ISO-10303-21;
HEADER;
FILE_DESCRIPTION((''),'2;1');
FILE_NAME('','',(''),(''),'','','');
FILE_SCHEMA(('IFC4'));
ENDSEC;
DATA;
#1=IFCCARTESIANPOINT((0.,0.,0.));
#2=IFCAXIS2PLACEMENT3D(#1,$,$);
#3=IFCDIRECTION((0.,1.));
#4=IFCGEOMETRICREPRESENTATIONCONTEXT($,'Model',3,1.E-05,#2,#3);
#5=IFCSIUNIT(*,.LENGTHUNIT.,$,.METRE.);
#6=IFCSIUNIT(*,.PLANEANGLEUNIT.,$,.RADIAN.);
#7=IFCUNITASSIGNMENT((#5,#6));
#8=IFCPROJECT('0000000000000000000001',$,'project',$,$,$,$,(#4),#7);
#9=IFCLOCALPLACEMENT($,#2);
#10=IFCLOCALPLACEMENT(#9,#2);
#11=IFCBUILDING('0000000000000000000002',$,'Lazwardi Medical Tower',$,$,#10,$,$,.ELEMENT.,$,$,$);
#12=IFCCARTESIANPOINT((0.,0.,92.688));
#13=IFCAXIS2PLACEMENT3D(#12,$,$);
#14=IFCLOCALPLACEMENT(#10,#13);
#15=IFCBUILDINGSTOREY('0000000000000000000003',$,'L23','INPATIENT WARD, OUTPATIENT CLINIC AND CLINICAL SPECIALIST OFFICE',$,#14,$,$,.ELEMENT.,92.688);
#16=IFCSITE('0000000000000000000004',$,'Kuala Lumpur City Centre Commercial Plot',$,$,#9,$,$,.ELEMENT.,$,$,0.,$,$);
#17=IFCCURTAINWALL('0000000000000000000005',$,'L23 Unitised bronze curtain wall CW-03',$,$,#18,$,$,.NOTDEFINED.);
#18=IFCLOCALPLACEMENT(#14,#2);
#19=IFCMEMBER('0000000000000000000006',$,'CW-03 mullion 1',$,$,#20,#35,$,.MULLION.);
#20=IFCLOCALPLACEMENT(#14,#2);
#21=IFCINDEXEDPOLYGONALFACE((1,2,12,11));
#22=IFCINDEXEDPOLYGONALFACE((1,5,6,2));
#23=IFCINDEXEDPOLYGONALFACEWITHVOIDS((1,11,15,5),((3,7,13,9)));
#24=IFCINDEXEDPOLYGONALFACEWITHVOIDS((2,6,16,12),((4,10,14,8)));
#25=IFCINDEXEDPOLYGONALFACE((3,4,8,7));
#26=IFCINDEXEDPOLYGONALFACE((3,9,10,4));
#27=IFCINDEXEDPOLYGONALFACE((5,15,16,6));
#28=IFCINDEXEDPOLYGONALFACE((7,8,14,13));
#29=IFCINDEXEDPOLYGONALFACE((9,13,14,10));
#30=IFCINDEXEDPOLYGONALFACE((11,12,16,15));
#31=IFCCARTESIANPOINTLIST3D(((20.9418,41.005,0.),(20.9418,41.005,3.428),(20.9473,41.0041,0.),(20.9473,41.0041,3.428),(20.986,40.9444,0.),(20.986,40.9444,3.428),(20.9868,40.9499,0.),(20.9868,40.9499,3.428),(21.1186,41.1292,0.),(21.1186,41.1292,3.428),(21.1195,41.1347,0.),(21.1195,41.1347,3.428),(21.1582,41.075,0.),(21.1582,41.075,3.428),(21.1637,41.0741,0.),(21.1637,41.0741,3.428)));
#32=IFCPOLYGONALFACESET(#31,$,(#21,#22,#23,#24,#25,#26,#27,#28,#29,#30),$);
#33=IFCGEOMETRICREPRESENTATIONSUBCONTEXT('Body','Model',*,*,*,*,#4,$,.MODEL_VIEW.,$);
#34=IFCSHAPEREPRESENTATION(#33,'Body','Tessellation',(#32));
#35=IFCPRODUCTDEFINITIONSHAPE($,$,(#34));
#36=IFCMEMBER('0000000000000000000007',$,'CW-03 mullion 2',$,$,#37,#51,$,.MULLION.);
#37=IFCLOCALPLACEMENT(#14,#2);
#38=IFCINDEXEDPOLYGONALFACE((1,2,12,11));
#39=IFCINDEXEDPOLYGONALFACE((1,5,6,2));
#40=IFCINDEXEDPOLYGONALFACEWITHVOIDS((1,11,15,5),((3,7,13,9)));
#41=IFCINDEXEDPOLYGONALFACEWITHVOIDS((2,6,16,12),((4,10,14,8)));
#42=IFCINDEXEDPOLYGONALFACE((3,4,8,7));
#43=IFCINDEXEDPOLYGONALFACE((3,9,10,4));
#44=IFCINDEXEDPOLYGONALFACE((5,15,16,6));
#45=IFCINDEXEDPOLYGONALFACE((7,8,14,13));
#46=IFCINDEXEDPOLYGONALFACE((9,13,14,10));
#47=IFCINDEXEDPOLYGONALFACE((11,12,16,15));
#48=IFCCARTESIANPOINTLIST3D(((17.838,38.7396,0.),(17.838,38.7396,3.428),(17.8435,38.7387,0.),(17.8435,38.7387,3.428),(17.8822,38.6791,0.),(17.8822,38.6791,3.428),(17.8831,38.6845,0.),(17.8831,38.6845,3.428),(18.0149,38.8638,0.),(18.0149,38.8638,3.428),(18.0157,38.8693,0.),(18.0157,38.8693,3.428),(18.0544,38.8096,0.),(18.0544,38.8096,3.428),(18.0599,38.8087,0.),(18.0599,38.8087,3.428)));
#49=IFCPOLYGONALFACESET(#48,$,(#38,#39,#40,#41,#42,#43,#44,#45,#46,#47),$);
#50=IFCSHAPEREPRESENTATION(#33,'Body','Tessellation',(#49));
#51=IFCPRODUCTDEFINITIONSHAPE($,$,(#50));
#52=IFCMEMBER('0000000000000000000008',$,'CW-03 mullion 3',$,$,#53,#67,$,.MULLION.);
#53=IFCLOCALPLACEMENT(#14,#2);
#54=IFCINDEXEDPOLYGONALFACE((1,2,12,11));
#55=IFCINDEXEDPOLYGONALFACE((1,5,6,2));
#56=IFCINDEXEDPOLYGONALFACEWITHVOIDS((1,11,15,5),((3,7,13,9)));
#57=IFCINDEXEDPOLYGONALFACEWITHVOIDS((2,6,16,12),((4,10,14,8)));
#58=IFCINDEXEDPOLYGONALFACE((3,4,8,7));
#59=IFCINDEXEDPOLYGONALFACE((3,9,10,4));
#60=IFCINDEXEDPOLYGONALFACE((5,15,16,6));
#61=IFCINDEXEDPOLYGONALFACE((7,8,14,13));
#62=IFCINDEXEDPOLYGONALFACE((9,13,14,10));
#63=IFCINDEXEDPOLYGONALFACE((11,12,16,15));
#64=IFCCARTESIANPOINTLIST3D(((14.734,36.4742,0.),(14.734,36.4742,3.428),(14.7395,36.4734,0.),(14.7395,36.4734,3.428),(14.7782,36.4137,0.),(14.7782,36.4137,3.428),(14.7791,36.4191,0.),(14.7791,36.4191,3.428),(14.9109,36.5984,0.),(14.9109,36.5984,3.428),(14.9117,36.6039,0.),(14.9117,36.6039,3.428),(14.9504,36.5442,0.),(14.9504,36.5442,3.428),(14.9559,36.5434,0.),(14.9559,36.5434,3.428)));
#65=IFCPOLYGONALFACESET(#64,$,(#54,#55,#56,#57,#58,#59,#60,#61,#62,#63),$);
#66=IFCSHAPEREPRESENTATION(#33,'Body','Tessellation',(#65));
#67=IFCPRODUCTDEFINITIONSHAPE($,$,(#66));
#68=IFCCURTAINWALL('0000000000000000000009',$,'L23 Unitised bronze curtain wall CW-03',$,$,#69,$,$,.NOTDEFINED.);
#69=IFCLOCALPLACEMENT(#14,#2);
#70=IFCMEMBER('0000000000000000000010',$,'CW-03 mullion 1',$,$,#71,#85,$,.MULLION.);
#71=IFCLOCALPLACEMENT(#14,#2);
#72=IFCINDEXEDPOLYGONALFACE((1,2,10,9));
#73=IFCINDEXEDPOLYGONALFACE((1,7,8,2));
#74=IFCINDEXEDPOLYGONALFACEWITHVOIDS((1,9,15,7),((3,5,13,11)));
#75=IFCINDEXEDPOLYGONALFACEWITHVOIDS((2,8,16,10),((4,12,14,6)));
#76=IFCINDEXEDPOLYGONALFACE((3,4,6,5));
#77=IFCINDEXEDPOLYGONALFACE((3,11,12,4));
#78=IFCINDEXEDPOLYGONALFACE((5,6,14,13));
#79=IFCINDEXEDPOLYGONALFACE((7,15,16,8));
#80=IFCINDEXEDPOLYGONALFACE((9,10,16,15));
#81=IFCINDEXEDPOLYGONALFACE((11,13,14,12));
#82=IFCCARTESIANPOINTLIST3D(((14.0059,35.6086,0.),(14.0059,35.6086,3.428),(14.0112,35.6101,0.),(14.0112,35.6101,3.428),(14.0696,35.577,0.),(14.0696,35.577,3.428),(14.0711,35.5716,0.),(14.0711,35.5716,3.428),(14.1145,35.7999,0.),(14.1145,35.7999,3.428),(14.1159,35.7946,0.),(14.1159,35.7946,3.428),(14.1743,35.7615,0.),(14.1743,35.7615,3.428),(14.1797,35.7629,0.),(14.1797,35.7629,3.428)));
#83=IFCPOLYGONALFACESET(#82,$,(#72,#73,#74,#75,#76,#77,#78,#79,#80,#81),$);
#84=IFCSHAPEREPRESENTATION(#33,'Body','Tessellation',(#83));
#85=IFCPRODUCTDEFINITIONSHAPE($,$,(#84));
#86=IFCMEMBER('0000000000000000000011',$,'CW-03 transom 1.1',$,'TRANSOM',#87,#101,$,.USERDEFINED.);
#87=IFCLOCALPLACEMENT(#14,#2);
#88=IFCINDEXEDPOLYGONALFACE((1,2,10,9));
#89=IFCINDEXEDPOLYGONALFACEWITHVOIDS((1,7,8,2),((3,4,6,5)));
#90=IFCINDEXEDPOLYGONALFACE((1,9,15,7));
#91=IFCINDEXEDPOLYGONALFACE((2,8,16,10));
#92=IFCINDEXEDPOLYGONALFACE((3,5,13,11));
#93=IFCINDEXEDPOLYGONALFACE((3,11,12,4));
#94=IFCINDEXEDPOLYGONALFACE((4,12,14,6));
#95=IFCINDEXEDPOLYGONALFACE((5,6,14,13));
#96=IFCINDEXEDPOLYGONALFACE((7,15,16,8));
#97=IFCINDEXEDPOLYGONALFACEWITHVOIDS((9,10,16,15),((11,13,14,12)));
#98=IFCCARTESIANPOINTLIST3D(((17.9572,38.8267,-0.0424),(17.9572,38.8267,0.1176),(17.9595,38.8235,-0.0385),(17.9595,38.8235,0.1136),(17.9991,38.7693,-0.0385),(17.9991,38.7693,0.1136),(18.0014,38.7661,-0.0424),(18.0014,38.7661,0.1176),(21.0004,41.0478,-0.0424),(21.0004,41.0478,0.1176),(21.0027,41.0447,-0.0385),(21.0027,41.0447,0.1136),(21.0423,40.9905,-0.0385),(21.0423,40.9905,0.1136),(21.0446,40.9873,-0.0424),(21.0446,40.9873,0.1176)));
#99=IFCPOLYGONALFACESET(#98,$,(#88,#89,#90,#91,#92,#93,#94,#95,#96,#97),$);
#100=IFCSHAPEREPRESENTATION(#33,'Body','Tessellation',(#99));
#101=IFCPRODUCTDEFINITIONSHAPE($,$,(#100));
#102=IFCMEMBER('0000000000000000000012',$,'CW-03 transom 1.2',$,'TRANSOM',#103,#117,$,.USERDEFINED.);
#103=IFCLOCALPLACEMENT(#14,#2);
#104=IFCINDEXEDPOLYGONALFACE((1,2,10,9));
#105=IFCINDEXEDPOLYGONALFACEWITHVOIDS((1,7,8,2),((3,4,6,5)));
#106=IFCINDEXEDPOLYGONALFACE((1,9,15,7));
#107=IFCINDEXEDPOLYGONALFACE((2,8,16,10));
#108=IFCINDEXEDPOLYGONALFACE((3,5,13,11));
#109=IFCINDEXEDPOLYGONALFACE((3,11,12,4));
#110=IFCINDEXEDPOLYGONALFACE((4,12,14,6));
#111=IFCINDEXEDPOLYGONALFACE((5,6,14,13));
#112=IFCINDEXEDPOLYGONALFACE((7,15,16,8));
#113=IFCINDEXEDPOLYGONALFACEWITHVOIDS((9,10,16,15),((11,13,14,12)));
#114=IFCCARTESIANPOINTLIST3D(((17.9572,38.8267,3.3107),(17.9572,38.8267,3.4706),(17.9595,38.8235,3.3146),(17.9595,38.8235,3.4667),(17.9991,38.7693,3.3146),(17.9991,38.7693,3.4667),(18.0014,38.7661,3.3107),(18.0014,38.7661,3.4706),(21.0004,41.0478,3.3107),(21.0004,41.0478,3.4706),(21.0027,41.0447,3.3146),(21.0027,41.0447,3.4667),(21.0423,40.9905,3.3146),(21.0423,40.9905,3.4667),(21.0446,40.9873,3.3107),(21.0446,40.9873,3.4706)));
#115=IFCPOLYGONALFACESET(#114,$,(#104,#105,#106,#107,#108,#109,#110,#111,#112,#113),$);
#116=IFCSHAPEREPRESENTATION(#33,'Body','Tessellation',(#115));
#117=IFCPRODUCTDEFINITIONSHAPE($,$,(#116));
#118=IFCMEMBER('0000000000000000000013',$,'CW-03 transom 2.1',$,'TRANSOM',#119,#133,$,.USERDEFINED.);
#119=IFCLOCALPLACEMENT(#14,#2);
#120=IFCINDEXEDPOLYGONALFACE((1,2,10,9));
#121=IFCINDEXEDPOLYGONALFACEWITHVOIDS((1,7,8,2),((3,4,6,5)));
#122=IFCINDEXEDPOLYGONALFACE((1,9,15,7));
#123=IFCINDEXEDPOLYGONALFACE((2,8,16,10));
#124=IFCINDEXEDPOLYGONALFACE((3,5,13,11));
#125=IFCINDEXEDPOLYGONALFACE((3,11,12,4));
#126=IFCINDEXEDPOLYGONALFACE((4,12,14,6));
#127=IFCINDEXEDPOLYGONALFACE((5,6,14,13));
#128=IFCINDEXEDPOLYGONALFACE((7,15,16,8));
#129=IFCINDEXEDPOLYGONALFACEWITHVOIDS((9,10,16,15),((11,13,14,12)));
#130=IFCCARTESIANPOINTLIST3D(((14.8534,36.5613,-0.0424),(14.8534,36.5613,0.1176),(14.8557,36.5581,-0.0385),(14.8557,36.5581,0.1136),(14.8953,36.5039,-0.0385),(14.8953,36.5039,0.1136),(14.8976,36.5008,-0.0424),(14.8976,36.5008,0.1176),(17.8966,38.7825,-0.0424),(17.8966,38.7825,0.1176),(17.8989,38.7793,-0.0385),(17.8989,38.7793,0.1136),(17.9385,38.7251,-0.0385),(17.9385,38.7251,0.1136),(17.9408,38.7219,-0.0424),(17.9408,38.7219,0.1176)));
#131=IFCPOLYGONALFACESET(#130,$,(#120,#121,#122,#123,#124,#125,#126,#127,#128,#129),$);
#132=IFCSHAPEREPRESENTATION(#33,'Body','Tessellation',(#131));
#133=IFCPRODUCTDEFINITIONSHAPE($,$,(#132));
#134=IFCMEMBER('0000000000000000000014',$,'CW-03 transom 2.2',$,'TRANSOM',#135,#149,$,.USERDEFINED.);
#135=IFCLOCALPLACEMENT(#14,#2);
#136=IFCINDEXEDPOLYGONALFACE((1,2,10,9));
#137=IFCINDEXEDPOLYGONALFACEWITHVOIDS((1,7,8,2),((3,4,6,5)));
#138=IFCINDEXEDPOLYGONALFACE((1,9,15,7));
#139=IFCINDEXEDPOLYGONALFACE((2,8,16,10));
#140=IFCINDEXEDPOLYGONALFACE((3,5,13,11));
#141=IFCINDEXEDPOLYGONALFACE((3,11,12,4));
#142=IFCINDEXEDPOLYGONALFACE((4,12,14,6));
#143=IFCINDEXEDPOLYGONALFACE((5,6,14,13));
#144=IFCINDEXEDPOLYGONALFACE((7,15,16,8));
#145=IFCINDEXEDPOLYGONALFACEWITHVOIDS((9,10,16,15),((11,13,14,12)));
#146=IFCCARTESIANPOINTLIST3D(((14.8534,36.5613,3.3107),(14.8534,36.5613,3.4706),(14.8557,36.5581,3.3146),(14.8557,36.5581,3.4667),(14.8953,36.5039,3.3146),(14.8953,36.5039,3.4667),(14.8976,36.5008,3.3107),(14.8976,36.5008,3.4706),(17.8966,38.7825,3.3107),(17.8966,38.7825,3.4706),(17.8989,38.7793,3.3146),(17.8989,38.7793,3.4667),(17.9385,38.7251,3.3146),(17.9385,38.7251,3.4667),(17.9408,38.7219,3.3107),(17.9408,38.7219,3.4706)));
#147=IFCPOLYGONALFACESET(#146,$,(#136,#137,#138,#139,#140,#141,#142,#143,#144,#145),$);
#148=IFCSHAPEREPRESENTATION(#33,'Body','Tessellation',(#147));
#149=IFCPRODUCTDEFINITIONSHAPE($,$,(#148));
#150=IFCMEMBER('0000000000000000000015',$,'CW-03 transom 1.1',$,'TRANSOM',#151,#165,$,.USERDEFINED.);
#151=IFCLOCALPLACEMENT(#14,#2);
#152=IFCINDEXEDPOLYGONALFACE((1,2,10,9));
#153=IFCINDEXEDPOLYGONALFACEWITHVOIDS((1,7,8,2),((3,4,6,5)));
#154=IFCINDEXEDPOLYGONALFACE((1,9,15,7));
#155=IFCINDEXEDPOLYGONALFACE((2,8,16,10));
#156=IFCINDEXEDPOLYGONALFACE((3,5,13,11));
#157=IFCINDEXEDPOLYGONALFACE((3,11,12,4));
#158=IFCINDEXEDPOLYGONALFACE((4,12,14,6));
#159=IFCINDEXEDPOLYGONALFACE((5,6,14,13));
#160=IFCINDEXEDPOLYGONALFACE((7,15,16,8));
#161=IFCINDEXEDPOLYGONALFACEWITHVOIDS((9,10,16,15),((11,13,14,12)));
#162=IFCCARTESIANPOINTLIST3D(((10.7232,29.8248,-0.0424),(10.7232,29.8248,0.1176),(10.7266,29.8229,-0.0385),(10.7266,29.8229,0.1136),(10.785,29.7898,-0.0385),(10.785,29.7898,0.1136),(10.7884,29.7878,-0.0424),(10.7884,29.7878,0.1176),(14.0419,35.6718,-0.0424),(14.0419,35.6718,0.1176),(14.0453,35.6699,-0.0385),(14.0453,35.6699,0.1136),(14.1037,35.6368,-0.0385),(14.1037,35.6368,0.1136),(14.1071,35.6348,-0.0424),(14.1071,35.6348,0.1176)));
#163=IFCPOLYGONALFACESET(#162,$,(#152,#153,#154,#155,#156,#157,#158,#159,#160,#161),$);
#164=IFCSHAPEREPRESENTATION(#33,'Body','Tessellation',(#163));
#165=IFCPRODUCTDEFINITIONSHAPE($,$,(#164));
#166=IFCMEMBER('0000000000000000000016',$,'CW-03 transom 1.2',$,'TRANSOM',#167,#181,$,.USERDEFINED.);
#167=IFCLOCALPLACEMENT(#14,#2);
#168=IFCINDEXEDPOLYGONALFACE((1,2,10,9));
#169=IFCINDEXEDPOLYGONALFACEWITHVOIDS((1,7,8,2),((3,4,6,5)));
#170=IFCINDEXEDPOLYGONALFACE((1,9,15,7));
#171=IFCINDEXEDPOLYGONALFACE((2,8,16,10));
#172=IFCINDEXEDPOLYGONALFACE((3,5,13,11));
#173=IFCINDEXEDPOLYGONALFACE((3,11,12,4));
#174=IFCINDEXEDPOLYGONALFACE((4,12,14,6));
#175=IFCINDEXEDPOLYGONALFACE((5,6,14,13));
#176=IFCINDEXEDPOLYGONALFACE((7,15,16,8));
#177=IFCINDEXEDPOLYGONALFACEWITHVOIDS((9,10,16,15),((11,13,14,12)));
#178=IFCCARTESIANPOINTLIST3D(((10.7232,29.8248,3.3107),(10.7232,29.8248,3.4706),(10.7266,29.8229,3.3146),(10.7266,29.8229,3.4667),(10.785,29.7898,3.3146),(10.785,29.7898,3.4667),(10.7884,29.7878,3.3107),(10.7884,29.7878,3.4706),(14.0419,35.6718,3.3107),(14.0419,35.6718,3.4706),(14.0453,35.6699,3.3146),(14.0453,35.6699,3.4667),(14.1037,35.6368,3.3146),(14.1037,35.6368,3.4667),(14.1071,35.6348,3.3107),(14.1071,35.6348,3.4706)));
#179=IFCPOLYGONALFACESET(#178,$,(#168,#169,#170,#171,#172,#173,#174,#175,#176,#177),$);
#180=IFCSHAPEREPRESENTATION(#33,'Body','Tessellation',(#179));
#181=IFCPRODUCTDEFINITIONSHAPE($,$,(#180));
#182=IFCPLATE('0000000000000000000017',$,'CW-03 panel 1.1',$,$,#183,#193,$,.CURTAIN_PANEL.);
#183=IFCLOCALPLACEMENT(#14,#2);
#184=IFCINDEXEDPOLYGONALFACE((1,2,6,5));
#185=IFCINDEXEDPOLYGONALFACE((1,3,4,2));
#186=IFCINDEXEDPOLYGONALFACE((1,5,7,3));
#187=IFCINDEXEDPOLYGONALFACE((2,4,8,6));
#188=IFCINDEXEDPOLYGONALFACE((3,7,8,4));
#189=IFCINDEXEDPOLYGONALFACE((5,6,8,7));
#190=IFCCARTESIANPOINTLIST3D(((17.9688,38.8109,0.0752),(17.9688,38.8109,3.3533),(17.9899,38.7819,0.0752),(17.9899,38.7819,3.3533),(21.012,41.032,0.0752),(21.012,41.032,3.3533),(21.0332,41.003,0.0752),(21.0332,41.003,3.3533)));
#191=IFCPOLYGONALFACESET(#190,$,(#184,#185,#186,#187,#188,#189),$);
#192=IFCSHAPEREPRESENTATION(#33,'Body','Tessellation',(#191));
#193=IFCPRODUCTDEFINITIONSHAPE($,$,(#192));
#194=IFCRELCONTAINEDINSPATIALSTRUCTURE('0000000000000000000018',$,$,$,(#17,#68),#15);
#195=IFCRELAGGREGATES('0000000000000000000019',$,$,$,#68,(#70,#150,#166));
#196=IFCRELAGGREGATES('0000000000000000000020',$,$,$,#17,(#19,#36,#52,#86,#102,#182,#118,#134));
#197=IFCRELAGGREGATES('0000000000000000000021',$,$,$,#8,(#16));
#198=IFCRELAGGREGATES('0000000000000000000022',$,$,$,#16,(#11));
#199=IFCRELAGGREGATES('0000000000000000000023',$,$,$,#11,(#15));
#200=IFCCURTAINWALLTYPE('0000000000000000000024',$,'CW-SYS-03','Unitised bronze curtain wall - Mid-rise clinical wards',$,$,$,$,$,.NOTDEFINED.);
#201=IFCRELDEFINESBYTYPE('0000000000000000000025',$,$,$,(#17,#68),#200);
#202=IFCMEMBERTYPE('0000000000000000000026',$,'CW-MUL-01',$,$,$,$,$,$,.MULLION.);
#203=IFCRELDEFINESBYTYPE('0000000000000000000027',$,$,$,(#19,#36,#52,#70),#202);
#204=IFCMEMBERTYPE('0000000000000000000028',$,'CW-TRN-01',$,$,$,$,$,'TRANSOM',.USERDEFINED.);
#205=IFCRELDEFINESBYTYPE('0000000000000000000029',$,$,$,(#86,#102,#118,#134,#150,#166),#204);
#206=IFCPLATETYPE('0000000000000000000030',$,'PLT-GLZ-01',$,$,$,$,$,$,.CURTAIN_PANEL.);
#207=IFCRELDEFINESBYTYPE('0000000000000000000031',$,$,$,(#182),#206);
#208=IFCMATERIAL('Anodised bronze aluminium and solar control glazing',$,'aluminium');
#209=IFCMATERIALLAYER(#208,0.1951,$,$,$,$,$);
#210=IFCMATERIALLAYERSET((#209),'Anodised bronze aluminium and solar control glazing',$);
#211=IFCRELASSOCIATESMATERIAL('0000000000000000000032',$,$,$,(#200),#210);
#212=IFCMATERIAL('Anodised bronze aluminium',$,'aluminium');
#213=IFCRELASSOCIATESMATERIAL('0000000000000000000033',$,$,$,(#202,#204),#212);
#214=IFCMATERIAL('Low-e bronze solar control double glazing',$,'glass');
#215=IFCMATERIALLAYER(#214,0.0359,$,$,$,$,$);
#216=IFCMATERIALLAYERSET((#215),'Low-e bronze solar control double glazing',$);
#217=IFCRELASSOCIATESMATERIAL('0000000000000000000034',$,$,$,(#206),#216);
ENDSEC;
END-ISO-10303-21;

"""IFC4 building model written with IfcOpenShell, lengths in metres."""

from ifc_helpers import new_model, si_unit, direction, frame, origin, origin_2d, place, context, subcontext, project, spatial, rectangle, hollow_rectangle, extrude, material, layer, layer_set, material_profile, profile_set, type_object, element, aggregate, save


model = new_model("IFC4")

# Units and contexts
model_context = context("Model", 3, precision=1e-05, world=origin(), true_north=direction((0.0, 1.0)))
body_context = subcontext(model_context, "Body", "Model", "MODEL_VIEW")
ifc_project = project(units=[si_unit("LENGTHUNIT", "METRE"), si_unit("PLANEANGLEUNIT", "RADIAN")], contexts=[model_context])

# Site, building, storey
site_placement = place(None, origin())
site = spatial("IfcSite", under=ifc_project, at=site_placement, Name="Kuala Lumpur City Centre Commercial Plot", CompositionType="ELEMENT", RefElevation=0.0)
building_placement = place(site_placement, origin())
building = spatial("IfcBuilding", under=site, at=building_placement, Name="Lazwardi Medical Tower", CompositionType="ELEMENT")
storey_placement = place(building_placement, frame((0.0, 0.0, 92.688)))
storey = spatial("IfcBuildingStorey", under=building, at=storey_placement, Name="L23", Description="INPATIENT WARD, OUTPATIENT CLINIC AND CLINICAL SPECIALIST OFFICE", CompositionType="ELEMENT", Elevation=92.688)

# Shared definitions
ifc_material_1 = material(Name="Anodised bronze aluminium and solar control glazing", Category="aluminium")
ifc_layer_1 = layer(ifc_material_1, 0.1951)
ifc_layer_set_1 = layer_set([ifc_layer_1], Name="Anodised bronze aluminium and solar control glazing")
curtain_wall_type = type_object("IfcCurtainWallType", Name="CW-SYS-03", Description="Unitised bronze curtain wall - Mid-rise clinical wards", PredefinedType="NOTDEFINED", material=ifc_layer_set_1)
ifc_material_2 = material(Name="Anodised bronze aluminium", Category="aluminium")
ifc_material_profile_1 = material_profile(ifc_material_2, hollow_rectangle(XDim=0.075, YDim=0.22, WallThickness=0.0039, at=origin_2d()), Name="ALU-MULLION 220x75x4")
ifc_profile_set_1 = profile_set([ifc_material_profile_1], Name="Anodised bronze aluminium")
member_type_1 = type_object("IfcMemberType", Name="CW-MUL-01", PredefinedType="MULLION", material=ifc_profile_set_1)

# Curtain wall, members
curtain_wall_1_placement = place(storey_placement, origin())
curtain_wall_1 = element("IfcCurtainWall", 1, at=curtain_wall_1_placement, inside=storey, type_object=curtain_wall_type, Name="L23 Unitised bronze curtain wall CW-03", PredefinedType="NOTDEFINED")
member_1_placement = place(storey_placement, frame((21.0527, 41.0396, 0.0), z_axis=(0.0, 0.0, 1.0), x_axis=(0.589531, -0.807746, 0.0)))
member_1 = element("IfcMember", 2, at=member_1_placement, type_object=member_type_1, Name="CW-03 mullion 1", PredefinedType="MULLION", context=body_context, shape_type="SweptSolid", body=[
    extrude(hollow_rectangle(XDim=0.075, YDim=0.22, WallThickness=0.0039, at=origin_2d()), origin(), (0.0, 0.0, 1.0), 3.428),
])
member_2_placement = place(storey_placement, frame((17.949, 38.7742, 0.0), z_axis=(0.0, 0.0, 1.0), x_axis=(0.589531, -0.807746, 0.0)))
member_2 = element("IfcMember", 3, at=member_2_placement, type_object=member_type_1, Name="CW-03 mullion 2", PredefinedType="MULLION", context=body_context, shape_type="SweptSolid", body=[
    extrude(hollow_rectangle(XDim=0.075, YDim=0.22, WallThickness=0.0039, at=origin_2d()), origin(), (0.0, 0.0, 1.0), 3.428),
])
member_3_placement = place(storey_placement, frame((14.845, 36.5088, 0.0), z_axis=(0.0, 0.0, 1.0), x_axis=(0.589531, -0.807746, 0.0)))
member_3 = element("IfcMember", 4, at=member_3_placement, type_object=member_type_1, Name="CW-03 mullion 3", PredefinedType="MULLION", context=body_context, shape_type="SweptSolid", body=[
    extrude(hollow_rectangle(XDim=0.075, YDim=0.22, WallThickness=0.0039, at=origin_2d()), origin(), (0.0, 0.0, 1.0), 3.428),
])

# Curtain wall, member
curtain_wall_2_placement = place(storey_placement, origin())
curtain_wall_2 = element("IfcCurtainWall", 5, at=curtain_wall_2_placement, inside=storey, type_object=curtain_wall_type, Name="L23 Unitised bronze curtain wall CW-03", PredefinedType="NOTDEFINED")
member_4_placement = place(storey_placement, frame((14.0928, 35.6858, 0.0), z_axis=(0.0, 0.0, 1.0), x_axis=(0.869687, -0.493603, 0.0)))
member_4 = element("IfcMember", 6, at=member_4_placement, type_object=member_type_1, Name="CW-03 mullion 1", PredefinedType="MULLION", context=body_context, shape_type="SweptSolid", body=[
    extrude(hollow_rectangle(XDim=0.075, YDim=0.22, WallThickness=0.0039, at=origin_2d()), origin(), (0.0, 0.0, 1.0), 3.428),
])

# Members
ifc_material_profile_2 = material_profile(ifc_material_2, hollow_rectangle(XDim=0.075, YDim=0.1599, WallThickness=0.0039, at=origin_2d()), Name="ALU-TRANSOM 160x75x4")
ifc_profile_set_2 = profile_set([ifc_material_profile_2], Name="Anodised bronze aluminium")
member_type_2 = type_object("IfcMemberType", Name="CW-TRN-01", ElementType="TRANSOM", PredefinedType="USERDEFINED", material=ifc_profile_set_2)
member_5_placement = place(storey_placement, frame((21.0225, 41.0176, 0.0376), z_axis=(-0.807732, -0.58955, 0.0), x_axis=(0.58955, -0.807732, 0.0)))
member_5 = element("IfcMember", 7, at=member_5_placement, type_object=member_type_2, Name="CW-03 transom 1.1", ObjectType="TRANSOM", PredefinedType="USERDEFINED", context=body_context, shape_type="SweptSolid", body=[
    extrude(hollow_rectangle(XDim=0.075, YDim=0.1599, WallThickness=0.0039, at=origin_2d()), origin(), (0.0, 0.0, 1.0), 3.7676),
])
member_6_placement = place(storey_placement, frame((21.0225, 41.0176, 3.3906), z_axis=(-0.807732, -0.58955, 0.0), x_axis=(0.58955, -0.807732, 0.0)))
member_6 = element("IfcMember", 8, at=member_6_placement, type_object=member_type_2, Name="CW-03 transom 1.2", ObjectType="TRANSOM", PredefinedType="USERDEFINED", context=body_context, shape_type="SweptSolid", body=[
    extrude(hollow_rectangle(XDim=0.075, YDim=0.1599, WallThickness=0.0039, at=origin_2d()), origin(), (0.0, 0.0, 1.0), 3.7676),
])
member_7_placement = place(storey_placement, frame((17.9187, 38.7522, 0.0376), z_axis=(-0.807732, -0.58955, 0.0), x_axis=(0.58955, -0.807732, 0.0)))
member_7 = element("IfcMember", 9, at=member_7_placement, type_object=member_type_2, Name="CW-03 transom 2.1", ObjectType="TRANSOM", PredefinedType="USERDEFINED", context=body_context, shape_type="SweptSolid", body=[
    extrude(hollow_rectangle(XDim=0.075, YDim=0.1599, WallThickness=0.0039, at=origin_2d()), origin(), (0.0, 0.0, 1.0), 3.7676),
])
member_8_placement = place(storey_placement, frame((17.9187, 38.7522, 3.3906), z_axis=(-0.807732, -0.58955, 0.0), x_axis=(0.58955, -0.807732, 0.0)))
member_8 = element("IfcMember", 10, at=member_8_placement, type_object=member_type_2, Name="CW-03 transom 2.2", ObjectType="TRANSOM", PredefinedType="USERDEFINED", context=body_context, shape_type="SweptSolid", body=[
    extrude(hollow_rectangle(XDim=0.075, YDim=0.1599, WallThickness=0.0039, at=origin_2d()), origin(), (0.0, 0.0, 1.0), 3.7676),
])
member_9_placement = place(storey_placement, frame((14.0745, 35.6533, 0.0376), z_axis=(-0.493614, -0.869681, 0.0), x_axis=(0.869681, -0.493614, 0.0)))
member_9 = element("IfcMember", 11, at=member_9_placement, type_object=member_type_2, Name="CW-03 transom 1.1", ObjectType="TRANSOM", PredefinedType="USERDEFINED", context=body_context, shape_type="SweptSolid", body=[
    extrude(hollow_rectangle(XDim=0.075, YDim=0.1599, WallThickness=0.0039, at=origin_2d()), origin(), (0.0, 0.0, 1.0), 6.7231),
])
member_10_placement = place(storey_placement, frame((14.0745, 35.6533, 3.3906), z_axis=(-0.493614, -0.869681, 0.0), x_axis=(0.869681, -0.493614, 0.0)))
member_10 = element("IfcMember", 12, at=member_10_placement, type_object=member_type_2, Name="CW-03 transom 1.2", ObjectType="TRANSOM", PredefinedType="USERDEFINED", context=body_context, shape_type="SweptSolid", body=[
    extrude(hollow_rectangle(XDim=0.075, YDim=0.1599, WallThickness=0.0039, at=origin_2d()), origin(), (0.0, 0.0, 1.0), 6.7231),
])
aggregate(curtain_wall_2, [member_4, member_9, member_10])

# Plate
ifc_material_3 = material(Name="Low-e bronze solar control double glazing", Category="glass")
ifc_layer_2 = layer(ifc_material_3, 0.0359)
ifc_layer_set_2 = layer_set([ifc_layer_2], Name="Low-e bronze solar control double glazing")
plate_type = type_object("IfcPlateType", Name="PLT-GLZ-01", PredefinedType="CURTAIN_PANEL", material=ifc_layer_set_2)
plate_1_placement = place(storey_placement, frame((19.501, 39.907, 0.0752), z_axis=(0.0, 0.0, 1.0), x_axis=(-0.807746, -0.589531, 0.0)))
plate_1 = element("IfcPlate", 13, at=plate_1_placement, type_object=plate_type, Name="CW-03 panel 1.1", PredefinedType="CURTAIN_PANEL", context=body_context, shape_type="SweptSolid", body=[
    extrude(rectangle(XDim=3.7676, YDim=0.0359, at=origin_2d()), origin(), (0.0, 0.0, 1.0), 3.2781),
])
aggregate(curtain_wall_1, [member_1, member_2, member_3, member_5, member_6, plate_1, member_7, member_8])

save(model, "model.ifc")
